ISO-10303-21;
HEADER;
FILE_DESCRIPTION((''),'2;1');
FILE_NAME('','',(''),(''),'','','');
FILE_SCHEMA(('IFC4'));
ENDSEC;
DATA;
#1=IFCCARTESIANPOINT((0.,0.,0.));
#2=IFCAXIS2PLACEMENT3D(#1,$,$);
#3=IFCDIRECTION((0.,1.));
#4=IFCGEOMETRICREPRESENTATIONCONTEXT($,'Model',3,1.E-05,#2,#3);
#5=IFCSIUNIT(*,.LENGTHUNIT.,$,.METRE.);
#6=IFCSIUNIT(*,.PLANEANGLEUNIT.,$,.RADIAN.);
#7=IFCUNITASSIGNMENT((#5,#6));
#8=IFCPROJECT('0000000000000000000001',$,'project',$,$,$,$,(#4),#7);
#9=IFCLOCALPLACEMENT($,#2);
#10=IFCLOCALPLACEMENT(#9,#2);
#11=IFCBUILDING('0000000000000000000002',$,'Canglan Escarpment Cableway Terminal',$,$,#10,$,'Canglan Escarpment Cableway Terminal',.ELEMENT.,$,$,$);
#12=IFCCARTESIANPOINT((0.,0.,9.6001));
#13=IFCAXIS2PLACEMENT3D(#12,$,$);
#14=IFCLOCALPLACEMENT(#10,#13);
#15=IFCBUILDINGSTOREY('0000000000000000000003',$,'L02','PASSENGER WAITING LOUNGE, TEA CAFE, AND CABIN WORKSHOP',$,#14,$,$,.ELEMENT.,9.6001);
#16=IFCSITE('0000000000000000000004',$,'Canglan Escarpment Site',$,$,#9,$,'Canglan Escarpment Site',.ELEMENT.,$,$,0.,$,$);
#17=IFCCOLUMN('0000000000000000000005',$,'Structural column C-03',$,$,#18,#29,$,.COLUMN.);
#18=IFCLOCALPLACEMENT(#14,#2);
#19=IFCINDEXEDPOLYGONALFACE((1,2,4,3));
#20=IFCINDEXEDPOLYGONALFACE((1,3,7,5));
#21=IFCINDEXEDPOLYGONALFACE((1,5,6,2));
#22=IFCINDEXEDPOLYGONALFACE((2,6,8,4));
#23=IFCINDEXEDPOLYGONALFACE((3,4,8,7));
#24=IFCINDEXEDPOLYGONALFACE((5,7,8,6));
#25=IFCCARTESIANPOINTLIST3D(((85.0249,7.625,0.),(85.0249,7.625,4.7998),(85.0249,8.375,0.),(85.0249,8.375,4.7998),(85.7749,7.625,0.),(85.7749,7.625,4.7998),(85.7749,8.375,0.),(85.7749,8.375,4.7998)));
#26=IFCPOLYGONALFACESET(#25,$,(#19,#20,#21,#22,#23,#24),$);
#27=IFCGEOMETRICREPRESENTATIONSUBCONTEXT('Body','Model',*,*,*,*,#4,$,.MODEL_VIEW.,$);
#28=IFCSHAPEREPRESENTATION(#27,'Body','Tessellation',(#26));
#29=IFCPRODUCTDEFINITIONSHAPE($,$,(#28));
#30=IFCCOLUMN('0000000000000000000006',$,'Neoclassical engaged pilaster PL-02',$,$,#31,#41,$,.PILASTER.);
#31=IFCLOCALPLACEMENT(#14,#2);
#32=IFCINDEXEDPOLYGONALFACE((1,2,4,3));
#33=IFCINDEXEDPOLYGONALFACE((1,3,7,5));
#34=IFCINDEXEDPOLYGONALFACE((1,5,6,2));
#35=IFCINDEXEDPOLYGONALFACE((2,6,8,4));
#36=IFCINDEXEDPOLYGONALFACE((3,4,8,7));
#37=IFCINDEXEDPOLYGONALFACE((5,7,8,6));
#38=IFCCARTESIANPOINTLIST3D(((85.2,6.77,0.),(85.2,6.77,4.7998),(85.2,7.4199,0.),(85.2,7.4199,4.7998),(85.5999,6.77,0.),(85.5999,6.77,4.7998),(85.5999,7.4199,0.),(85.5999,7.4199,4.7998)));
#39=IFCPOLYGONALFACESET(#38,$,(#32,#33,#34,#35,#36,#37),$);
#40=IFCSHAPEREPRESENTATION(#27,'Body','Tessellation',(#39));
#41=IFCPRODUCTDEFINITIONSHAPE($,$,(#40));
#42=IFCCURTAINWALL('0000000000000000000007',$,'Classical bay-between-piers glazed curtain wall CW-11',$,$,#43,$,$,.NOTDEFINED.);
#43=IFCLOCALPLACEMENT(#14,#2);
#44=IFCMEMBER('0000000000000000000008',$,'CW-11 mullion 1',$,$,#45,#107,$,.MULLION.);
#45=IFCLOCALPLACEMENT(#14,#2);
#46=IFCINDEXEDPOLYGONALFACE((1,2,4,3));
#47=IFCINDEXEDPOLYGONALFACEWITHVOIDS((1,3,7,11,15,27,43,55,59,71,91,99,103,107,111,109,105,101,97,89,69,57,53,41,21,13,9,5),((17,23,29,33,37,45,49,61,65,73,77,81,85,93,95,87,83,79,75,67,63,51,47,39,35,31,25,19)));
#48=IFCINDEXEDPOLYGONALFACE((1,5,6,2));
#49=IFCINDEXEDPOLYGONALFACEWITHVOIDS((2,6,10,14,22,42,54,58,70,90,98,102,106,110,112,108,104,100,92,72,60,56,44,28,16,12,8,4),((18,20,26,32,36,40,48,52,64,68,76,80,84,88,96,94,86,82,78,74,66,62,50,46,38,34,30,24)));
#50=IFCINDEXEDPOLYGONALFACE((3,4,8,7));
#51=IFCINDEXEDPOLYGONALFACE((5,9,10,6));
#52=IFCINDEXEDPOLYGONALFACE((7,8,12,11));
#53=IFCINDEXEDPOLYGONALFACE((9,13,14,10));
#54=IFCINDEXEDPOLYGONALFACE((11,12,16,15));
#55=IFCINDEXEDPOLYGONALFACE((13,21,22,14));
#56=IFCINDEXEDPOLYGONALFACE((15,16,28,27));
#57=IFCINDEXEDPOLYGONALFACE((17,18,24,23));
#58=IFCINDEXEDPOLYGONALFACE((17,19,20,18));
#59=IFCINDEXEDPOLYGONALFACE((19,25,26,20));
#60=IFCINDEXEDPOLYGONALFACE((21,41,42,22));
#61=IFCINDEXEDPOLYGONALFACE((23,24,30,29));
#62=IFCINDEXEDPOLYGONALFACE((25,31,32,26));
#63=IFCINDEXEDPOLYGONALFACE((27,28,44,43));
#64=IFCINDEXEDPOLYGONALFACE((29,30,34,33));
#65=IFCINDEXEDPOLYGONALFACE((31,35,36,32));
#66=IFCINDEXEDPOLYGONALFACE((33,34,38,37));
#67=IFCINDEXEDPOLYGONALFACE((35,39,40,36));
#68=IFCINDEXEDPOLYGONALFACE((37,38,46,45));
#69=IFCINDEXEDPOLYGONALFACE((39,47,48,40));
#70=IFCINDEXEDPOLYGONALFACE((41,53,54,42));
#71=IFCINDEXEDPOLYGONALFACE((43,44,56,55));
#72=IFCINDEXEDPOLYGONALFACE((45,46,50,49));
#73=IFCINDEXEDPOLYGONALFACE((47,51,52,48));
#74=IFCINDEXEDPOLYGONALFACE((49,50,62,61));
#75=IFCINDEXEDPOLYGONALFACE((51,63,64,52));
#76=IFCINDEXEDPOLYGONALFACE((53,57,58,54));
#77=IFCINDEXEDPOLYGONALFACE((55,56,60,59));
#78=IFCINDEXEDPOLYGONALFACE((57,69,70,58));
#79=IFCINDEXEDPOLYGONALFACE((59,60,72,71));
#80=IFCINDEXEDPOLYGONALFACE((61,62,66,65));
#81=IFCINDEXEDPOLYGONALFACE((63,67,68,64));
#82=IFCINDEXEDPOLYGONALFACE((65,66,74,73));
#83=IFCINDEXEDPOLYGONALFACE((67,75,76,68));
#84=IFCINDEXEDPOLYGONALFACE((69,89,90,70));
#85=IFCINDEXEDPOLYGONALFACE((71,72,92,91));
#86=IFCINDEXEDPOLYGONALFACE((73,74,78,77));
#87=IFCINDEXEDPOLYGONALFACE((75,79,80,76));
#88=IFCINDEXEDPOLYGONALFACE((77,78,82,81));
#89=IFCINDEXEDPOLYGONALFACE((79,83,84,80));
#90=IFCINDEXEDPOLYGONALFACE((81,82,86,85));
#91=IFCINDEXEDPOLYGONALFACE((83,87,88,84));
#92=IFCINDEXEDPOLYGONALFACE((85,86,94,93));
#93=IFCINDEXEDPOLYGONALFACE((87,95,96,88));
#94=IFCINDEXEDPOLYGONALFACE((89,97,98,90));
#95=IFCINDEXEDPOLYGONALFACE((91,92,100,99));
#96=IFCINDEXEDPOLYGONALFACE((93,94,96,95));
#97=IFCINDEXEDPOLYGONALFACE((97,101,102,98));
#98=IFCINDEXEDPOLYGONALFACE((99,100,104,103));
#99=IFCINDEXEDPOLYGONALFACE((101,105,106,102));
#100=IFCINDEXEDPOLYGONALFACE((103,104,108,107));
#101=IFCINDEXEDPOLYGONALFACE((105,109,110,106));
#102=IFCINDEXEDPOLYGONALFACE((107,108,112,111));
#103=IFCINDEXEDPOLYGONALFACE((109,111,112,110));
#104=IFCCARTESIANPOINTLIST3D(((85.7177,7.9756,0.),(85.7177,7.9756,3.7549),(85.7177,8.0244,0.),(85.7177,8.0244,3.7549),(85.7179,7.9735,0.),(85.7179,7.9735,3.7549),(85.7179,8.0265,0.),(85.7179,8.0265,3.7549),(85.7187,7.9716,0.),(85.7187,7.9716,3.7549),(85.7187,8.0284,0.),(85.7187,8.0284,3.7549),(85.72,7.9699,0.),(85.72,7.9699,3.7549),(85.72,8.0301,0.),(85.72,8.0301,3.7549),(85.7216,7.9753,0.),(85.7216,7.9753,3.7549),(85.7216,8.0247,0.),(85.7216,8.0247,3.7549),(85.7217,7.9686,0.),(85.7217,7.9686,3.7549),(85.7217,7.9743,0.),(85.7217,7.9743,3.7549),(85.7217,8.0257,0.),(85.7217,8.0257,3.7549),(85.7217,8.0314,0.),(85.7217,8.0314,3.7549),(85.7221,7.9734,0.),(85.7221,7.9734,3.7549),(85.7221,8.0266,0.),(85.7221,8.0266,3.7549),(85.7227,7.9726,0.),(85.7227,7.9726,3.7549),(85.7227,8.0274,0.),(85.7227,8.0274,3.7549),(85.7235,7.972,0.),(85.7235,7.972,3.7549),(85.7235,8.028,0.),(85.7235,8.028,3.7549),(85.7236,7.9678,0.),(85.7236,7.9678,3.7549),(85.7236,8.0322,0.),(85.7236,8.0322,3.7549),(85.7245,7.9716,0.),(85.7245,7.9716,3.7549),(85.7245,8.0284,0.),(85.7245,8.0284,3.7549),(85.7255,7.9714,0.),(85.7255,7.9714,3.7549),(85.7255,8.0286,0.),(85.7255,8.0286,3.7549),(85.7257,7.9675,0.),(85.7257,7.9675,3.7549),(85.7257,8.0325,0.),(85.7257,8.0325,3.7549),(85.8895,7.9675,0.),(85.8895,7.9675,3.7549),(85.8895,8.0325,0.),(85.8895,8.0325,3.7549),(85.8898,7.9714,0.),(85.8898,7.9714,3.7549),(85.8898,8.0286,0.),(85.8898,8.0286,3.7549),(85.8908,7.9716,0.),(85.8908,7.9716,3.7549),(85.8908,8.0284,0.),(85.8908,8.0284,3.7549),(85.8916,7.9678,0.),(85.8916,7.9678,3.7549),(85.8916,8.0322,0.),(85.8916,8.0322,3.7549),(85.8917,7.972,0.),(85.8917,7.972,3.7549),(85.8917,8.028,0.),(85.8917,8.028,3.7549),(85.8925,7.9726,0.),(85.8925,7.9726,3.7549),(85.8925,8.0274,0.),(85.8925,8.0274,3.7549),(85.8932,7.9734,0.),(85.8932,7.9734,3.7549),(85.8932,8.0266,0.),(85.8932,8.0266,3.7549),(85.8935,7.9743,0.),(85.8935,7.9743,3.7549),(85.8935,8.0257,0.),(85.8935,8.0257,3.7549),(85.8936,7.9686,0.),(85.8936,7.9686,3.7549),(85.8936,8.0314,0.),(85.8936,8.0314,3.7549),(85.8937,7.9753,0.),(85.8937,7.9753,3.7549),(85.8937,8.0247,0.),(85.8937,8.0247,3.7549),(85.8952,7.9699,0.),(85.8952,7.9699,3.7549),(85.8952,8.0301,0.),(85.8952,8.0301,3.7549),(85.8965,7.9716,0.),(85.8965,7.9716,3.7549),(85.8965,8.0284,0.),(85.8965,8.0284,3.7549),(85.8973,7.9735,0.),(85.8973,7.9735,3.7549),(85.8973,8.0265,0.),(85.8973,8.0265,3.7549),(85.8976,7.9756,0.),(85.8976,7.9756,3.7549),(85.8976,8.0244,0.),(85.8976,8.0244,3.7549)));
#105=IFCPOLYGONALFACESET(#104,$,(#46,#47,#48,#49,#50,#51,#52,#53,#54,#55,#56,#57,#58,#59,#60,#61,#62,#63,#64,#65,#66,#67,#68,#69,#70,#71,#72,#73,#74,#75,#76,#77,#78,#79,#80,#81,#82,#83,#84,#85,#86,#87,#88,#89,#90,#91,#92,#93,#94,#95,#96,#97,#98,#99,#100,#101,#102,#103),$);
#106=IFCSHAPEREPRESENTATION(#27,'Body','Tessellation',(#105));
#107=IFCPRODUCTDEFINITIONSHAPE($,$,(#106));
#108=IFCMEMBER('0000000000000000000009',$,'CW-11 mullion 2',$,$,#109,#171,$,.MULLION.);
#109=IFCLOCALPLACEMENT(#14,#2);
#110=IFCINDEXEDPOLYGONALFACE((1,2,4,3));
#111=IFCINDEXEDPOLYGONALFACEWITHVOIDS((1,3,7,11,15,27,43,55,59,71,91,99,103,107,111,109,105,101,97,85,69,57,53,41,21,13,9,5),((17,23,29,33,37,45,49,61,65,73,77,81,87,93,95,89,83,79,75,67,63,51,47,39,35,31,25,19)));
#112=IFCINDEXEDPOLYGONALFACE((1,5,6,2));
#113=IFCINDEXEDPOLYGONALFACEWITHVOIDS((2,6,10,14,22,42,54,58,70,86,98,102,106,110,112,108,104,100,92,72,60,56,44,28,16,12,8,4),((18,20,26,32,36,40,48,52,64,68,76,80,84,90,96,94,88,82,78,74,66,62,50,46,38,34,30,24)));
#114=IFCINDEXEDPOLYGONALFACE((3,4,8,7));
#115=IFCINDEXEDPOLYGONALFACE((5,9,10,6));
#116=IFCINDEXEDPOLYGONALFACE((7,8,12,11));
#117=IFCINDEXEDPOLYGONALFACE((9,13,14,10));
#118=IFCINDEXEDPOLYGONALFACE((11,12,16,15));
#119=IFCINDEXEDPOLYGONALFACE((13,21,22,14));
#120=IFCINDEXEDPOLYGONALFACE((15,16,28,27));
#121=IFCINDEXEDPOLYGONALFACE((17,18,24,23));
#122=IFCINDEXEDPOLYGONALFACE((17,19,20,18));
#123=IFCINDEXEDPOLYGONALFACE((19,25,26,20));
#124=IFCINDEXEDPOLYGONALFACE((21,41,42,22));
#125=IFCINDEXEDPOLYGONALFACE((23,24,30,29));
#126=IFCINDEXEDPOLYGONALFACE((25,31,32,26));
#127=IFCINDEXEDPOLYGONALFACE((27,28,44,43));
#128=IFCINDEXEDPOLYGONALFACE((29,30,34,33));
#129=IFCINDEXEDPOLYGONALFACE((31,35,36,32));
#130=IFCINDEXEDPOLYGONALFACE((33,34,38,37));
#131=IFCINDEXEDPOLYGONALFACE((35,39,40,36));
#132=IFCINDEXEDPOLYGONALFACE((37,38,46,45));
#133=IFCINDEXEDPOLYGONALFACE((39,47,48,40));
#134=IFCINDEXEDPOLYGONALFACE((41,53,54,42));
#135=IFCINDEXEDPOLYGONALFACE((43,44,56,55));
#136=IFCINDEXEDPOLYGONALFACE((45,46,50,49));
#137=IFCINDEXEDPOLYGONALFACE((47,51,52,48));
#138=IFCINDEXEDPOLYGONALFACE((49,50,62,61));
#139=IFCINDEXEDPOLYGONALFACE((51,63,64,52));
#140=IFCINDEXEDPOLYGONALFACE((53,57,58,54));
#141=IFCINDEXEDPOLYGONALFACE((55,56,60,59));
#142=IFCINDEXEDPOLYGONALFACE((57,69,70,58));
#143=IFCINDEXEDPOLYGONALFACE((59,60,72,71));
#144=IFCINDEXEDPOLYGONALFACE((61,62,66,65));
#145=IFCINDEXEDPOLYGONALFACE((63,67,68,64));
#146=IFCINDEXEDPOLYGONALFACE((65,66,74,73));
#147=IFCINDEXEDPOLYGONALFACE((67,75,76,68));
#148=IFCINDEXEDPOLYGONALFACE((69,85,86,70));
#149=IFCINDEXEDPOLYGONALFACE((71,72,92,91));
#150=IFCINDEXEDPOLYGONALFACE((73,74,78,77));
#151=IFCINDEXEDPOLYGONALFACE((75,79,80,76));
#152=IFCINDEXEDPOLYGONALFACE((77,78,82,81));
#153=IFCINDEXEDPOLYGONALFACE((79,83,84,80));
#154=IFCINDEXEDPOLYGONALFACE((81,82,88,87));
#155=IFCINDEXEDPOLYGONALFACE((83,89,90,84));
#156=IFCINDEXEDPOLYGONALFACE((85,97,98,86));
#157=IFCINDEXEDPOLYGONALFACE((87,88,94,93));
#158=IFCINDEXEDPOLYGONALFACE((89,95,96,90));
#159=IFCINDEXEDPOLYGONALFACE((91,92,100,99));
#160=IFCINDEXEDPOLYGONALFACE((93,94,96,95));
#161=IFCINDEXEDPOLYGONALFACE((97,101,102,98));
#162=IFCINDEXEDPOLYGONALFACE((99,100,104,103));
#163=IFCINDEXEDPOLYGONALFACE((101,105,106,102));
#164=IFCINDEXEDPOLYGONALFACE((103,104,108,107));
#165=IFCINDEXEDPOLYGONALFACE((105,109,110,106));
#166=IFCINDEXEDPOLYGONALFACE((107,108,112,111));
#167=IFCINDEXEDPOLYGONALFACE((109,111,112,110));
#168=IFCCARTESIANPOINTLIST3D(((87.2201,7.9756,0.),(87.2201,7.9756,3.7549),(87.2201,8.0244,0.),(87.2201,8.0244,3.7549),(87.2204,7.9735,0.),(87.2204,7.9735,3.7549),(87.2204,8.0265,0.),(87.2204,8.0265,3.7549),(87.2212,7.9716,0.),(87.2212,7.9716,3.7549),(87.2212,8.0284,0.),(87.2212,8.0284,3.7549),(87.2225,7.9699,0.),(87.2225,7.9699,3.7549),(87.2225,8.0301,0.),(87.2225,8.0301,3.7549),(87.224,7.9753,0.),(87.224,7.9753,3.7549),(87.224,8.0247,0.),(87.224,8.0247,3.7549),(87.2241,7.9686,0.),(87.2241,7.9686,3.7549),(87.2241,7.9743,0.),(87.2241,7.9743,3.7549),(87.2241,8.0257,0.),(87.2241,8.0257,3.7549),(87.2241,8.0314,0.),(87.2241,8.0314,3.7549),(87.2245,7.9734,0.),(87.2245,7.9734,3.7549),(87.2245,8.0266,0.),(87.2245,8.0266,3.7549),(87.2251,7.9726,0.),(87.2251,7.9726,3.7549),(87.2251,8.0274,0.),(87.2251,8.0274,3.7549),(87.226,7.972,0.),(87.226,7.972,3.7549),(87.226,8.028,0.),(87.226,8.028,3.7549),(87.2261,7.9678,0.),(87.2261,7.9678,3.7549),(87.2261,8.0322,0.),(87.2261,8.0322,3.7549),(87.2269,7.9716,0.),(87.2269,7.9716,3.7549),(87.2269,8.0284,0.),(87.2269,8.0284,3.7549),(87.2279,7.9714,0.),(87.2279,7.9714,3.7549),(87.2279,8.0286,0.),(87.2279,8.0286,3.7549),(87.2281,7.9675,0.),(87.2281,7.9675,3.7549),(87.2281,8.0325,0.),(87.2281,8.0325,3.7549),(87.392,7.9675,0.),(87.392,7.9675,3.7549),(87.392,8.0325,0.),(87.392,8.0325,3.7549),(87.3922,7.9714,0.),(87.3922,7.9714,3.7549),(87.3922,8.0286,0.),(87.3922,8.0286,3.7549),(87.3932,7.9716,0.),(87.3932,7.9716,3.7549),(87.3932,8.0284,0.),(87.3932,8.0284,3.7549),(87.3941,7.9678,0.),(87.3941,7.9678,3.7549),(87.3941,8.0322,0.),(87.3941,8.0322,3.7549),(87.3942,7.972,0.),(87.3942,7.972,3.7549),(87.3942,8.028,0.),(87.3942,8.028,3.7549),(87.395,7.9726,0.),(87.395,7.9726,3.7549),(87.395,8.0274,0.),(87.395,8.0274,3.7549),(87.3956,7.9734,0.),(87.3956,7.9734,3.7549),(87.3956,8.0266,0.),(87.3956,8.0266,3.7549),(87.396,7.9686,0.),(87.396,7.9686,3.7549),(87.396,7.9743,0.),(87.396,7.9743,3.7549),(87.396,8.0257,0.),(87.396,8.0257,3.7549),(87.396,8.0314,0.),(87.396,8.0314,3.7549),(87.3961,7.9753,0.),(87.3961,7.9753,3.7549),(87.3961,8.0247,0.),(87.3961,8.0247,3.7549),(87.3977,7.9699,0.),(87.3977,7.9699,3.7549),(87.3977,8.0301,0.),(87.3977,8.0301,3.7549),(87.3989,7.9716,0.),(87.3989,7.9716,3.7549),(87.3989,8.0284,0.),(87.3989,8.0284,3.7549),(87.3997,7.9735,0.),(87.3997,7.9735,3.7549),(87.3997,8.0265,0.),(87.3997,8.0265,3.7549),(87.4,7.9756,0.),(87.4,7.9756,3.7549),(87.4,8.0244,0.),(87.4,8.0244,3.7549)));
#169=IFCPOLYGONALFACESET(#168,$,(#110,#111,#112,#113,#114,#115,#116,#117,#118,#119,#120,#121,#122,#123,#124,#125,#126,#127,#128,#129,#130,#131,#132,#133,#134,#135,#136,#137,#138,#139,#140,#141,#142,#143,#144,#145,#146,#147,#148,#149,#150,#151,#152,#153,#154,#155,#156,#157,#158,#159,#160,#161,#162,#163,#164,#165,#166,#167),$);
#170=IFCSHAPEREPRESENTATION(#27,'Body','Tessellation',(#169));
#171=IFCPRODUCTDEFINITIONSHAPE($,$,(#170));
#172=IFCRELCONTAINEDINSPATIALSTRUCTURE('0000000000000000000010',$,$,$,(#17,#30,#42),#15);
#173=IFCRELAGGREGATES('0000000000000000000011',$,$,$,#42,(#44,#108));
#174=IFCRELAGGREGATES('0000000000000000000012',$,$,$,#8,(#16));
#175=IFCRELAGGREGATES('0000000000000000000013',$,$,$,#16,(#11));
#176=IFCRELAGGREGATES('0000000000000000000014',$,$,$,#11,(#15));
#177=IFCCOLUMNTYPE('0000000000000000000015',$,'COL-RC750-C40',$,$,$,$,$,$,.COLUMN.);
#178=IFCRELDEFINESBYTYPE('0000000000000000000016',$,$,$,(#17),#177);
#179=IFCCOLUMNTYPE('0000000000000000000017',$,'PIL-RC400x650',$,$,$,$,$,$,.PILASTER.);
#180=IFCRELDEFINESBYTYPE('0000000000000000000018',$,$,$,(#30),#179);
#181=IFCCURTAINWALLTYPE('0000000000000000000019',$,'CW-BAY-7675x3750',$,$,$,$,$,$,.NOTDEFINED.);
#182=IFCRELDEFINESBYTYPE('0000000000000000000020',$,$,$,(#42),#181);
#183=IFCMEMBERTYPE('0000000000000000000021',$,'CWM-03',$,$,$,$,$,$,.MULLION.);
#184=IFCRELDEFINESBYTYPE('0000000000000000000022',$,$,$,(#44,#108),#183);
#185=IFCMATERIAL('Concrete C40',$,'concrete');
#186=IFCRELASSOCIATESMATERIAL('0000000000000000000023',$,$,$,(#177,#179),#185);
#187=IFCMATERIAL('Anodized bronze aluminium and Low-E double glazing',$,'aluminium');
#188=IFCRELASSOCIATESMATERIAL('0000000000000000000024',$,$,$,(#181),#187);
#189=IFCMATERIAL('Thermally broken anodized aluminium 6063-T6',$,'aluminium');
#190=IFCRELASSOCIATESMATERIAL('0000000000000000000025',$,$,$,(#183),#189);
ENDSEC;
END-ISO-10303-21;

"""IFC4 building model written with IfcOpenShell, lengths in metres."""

from ifc_helpers import new_model, si_unit, direction, frame, origin, origin_2d, place, context, subcontext, project, spatial, rectangle, hollow_rectangle, extrude, material, material_profile, profile_set, type_object, element, aggregate, save


model = new_model("IFC4")

# Units and contexts
model_context = context("Model", 3, precision=1e-05, world=origin(), true_north=direction((0.0, 1.0)))
body_context = subcontext(model_context, "Body", "Model", "MODEL_VIEW")
ifc_project = project(units=[si_unit("LENGTHUNIT", "METRE"), si_unit("PLANEANGLEUNIT", "RADIAN")], contexts=[model_context])

# Site, building, storey
site_placement = place(None, origin())
site = spatial("IfcSite", under=ifc_project, at=site_placement, Name="Canglan Escarpment Site", LongName="Canglan Escarpment Site", CompositionType="ELEMENT", RefElevation=0.0)
building_placement = place(site_placement, origin())
building = spatial("IfcBuilding", under=site, at=building_placement, Name="Canglan Escarpment Cableway Terminal", LongName="Canglan Escarpment Cableway Terminal", CompositionType="ELEMENT")
storey_placement = place(building_placement, frame((0.0, 0.0, 9.6001)))
storey = spatial("IfcBuildingStorey", under=building, at=storey_placement, Name="L02", Description="PASSENGER WAITING LOUNGE, TEA CAFE, AND CABIN WORKSHOP", CompositionType="ELEMENT", Elevation=9.6001)

# Columns
ifc_material_1 = material(Name="Concrete C40", Category="concrete")
ifc_material_profile_1 = material_profile(ifc_material_1, rectangle(XDim=0.75, YDim=0.75, at=origin_2d()), Name="RC 750x750")
ifc_profile_set_1 = profile_set([ifc_material_profile_1], Name="Concrete C40")
column_type_1 = type_object("IfcColumnType", Name="COL-RC750-C40", PredefinedType="COLUMN", material=ifc_profile_set_1)
column_1_placement = place(storey_placement, frame((85.3999, 8.0, 0.0), z_axis=(0.0, 0.0, 1.0), x_axis=(1.0, 0.0, 0.0)))
element("IfcColumn", 1, at=column_1_placement, inside=storey, type_object=column_type_1, Name="Structural column C-03", PredefinedType="COLUMN", context=body_context, shape_type="SweptSolid", body=[
    extrude(rectangle(XDim=0.75, YDim=0.75, at=origin_2d()), origin(), (0.0, 0.0, 1.0), 4.7998),
])
ifc_material_profile_2 = material_profile(ifc_material_1, rectangle(XDim=0.3999, YDim=0.6499, at=origin_2d()), Name="RC-PIL 400x650")
ifc_profile_set_2 = profile_set([ifc_material_profile_2], Name="Concrete C40")
column_type_2 = type_object("IfcColumnType", Name="PIL-RC400x650", PredefinedType="PILASTER", material=ifc_profile_set_2)
column_2_placement = place(storey_placement, frame((85.3999, 7.095, 0.0), z_axis=(0.0, 0.0, 1.0), x_axis=(1.0, 0.0, 0.0)))
element("IfcColumn", 2, at=column_2_placement, inside=storey, type_object=column_type_2, Name="Neoclassical engaged pilaster PL-02", PredefinedType="PILASTER", context=body_context, shape_type="SweptSolid", body=[
    extrude(rectangle(XDim=0.3999, YDim=0.6499, at=origin_2d()), origin(), (0.0, 0.0, 1.0), 4.7998),
])

# Curtain wall, members
ifc_material_2 = material(Name="Anodized bronze aluminium and Low-E double glazing", Category="aluminium")
curtain_wall_type = type_object("IfcCurtainWallType", Name="CW-BAY-7675x3750", PredefinedType="NOTDEFINED", material=ifc_material_2)
curtain_wall_placement = place(storey_placement, origin())
curtain_wall = element("IfcCurtainWall", 3, at=curtain_wall_placement, inside=storey, type_object=curtain_wall_type, Name="Classical bay-between-piers glazed curtain wall CW-11", PredefinedType="NOTDEFINED")
ifc_material_3 = material(Name="Thermally broken anodized aluminium 6063-T6", Category="aluminium")
ifc_material_profile_3 = material_profile(ifc_material_3, hollow_rectangle(XDim=0.0649, YDim=0.1799, WallThickness=0.0039, InnerFilletRadius=0.0039, OuterFilletRadius=0.0081, at=origin_2d()), Name="ALU-MULL 65x180x4")
ifc_profile_set_3 = profile_set([ifc_material_profile_3], Name="Thermally broken anodized aluminium 6063-T6")
member_type_1 = type_object("IfcMemberType", Name="CWM-03", PredefinedType="MULLION", material=ifc_profile_set_3)
member_1_placement = place(storey_placement, frame((85.8076, 8.0, 0.0), z_axis=(0.0, 0.0, 1.0), x_axis=(0.0, 1.0, 0.0)))
member_1 = element("IfcMember", 4, at=member_1_placement, type_object=member_type_1, Name="CW-11 mullion 1", PredefinedType="MULLION", context=body_context, shape_type="SweptSolid", body=[
    extrude(hollow_rectangle(XDim=0.0649, YDim=0.1799, WallThickness=0.0039, InnerFilletRadius=0.0039, OuterFilletRadius=0.0081, at=origin_2d()), origin(), (0.0, 0.0, 1.0), 3.7549),
])
member_2_placement = place(storey_placement, frame((87.3101, 8.0, 0.0), z_axis=(0.0, 0.0, 1.0), x_axis=(0.0, 1.0, 0.0)))
member_2 = element("IfcMember", 5, at=member_2_placement, type_object=member_type_1, Name="CW-11 mullion 2", PredefinedType="MULLION", context=body_context, shape_type="SweptSolid", body=[
    extrude(hollow_rectangle(XDim=0.0649, YDim=0.1799, WallThickness=0.0039, InnerFilletRadius=0.0039, OuterFilletRadius=0.0081, at=origin_2d()), origin(), (0.0, 0.0, 1.0), 3.7549),
])

aggregate(curtain_wall, [member_1, member_2])

save(model, "model.ifc")
